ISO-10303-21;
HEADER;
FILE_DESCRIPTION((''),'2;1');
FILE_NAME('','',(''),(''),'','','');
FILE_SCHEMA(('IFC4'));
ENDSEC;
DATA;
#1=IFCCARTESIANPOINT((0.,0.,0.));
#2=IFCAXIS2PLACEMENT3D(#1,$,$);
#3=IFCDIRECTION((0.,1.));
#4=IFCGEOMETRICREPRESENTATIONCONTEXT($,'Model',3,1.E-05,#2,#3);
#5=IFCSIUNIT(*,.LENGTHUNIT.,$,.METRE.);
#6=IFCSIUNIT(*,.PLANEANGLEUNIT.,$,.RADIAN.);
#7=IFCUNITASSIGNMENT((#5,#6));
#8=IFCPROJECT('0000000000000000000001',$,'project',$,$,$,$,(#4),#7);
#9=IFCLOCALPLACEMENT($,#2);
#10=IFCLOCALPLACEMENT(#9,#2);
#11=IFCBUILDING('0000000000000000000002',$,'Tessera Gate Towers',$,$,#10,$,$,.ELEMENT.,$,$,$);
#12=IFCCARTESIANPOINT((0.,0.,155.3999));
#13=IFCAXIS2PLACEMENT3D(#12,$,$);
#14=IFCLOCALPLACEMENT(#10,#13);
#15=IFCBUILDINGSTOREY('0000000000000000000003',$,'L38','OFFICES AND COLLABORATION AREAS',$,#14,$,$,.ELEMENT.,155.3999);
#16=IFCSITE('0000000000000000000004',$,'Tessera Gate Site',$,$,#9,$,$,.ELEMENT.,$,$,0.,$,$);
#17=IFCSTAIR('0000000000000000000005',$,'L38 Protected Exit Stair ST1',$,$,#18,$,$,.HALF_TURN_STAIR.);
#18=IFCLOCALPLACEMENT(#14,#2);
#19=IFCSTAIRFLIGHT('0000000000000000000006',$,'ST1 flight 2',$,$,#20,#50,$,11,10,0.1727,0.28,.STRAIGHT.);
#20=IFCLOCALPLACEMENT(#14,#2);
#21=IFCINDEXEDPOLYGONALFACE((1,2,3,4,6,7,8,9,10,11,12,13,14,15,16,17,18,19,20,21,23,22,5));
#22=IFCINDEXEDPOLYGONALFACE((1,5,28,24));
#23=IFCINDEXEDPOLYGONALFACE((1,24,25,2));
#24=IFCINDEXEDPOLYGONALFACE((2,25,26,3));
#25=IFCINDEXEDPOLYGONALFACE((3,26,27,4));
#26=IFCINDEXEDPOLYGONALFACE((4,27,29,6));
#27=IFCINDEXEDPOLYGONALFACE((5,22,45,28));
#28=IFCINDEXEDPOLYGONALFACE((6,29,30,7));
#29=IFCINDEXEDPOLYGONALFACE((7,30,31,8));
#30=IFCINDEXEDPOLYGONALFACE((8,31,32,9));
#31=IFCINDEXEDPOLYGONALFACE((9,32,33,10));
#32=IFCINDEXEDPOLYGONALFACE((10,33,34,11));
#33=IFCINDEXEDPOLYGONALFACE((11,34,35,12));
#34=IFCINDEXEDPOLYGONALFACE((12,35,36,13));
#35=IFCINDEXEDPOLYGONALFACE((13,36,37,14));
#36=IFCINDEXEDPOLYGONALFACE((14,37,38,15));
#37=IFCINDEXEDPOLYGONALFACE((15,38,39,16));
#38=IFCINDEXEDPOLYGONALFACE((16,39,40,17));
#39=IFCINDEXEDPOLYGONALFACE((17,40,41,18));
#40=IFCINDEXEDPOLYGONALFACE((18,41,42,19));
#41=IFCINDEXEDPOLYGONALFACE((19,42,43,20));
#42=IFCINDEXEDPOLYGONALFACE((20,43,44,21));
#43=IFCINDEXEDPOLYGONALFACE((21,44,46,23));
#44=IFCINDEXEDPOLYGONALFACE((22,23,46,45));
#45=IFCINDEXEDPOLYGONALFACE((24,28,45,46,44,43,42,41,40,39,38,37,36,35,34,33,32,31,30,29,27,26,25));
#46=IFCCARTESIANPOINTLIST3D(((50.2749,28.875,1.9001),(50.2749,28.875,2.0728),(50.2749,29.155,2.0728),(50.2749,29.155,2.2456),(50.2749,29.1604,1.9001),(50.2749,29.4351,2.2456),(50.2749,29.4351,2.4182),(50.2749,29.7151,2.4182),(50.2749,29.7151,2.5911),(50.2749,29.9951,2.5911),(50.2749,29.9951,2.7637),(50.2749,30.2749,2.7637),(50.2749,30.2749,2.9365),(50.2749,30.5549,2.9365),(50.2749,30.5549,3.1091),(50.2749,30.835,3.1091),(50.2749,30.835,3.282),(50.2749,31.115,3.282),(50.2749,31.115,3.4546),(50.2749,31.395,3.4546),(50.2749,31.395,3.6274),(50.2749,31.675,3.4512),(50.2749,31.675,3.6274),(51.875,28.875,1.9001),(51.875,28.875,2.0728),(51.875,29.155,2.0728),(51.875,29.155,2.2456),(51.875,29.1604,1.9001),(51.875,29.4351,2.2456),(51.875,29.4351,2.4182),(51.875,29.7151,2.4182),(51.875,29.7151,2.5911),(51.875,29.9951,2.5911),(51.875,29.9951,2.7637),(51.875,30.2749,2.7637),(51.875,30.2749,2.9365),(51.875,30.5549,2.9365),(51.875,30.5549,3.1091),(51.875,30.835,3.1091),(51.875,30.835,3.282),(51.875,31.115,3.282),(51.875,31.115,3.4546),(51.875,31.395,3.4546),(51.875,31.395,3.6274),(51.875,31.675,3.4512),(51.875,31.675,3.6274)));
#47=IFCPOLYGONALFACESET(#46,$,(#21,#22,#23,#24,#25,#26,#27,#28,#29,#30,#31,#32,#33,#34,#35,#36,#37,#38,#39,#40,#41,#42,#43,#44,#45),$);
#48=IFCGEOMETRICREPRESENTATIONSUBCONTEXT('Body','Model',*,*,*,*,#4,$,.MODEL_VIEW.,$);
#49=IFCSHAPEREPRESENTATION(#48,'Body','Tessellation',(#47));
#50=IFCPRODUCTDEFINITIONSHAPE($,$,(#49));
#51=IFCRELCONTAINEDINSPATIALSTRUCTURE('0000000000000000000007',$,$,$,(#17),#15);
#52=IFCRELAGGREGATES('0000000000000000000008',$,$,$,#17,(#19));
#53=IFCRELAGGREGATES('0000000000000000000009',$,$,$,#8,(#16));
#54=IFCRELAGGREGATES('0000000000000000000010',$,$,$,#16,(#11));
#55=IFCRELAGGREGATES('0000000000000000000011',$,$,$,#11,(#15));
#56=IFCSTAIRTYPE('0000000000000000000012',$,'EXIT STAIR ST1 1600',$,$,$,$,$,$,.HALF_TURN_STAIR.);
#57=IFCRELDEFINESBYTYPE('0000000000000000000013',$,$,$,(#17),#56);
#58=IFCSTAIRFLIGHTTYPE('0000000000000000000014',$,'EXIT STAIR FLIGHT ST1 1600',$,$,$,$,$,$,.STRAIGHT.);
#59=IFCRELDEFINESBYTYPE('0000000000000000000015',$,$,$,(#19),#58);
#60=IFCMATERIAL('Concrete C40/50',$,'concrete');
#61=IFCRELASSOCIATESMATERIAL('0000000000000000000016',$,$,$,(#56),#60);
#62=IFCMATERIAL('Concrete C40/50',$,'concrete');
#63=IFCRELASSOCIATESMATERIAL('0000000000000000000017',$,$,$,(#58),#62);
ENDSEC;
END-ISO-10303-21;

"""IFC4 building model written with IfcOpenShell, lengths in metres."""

from ifc_helpers import new_model, si_unit, direction, frame, origin, place, context, subcontext, project, spatial, polyline, outline, extrude, material, type_object, element, aggregate, save


model = new_model("IFC4")

# Units and contexts
model_context = context("Model", 3, precision=1e-05, world=origin(), true_north=direction((0.0, 1.0)))
body_context = subcontext(model_context, "Body", "Model", "MODEL_VIEW")
ifc_project = project(units=[si_unit("LENGTHUNIT", "METRE"), si_unit("PLANEANGLEUNIT", "RADIAN")], contexts=[model_context])

# Site, building, storey
site_placement = place(None, origin())
site = spatial("IfcSite", under=ifc_project, at=site_placement, Name="Tessera Gate Site", CompositionType="ELEMENT", RefElevation=0.0)
building_placement = place(site_placement, origin())
building = spatial("IfcBuilding", under=site, at=building_placement, Name="Tessera Gate Towers", CompositionType="ELEMENT")
storey_placement = place(building_placement, frame((0.0, 0.0, 155.3999)))
storey = spatial("IfcBuildingStorey", under=building, at=storey_placement, Name="L38", Description="OFFICES AND COLLABORATION AREAS", CompositionType="ELEMENT", Elevation=155.3999)

# Stair, stair flight
ifc_material_1 = material(Name="Concrete C40/50", Category="concrete")
stair_type = type_object("IfcStairType", Name="EXIT STAIR ST1 1600", PredefinedType="HALF_TURN_STAIR", material=ifc_material_1)
stair_placement = place(storey_placement, origin())
stair = element("IfcStair", 1, at=stair_placement, inside=storey, type_object=stair_type, Name="L38 Protected Exit Stair ST1", PredefinedType="HALF_TURN_STAIR")
ifc_material_2 = material(Name="Concrete C40/50", Category="concrete")
stair_flight_type = type_object("IfcStairFlightType", Name="EXIT STAIR FLIGHT ST1 1600", PredefinedType="STRAIGHT", material=ifc_material_2)
stair_flight_placement = place(storey_placement, frame((51.075, 28.875, 1.9001), z_axis=(0.0, 0.0, 1.0), x_axis=(0.0, 1.0, 0.0)))
stair_flight = element("IfcStairFlight", 2, at=stair_flight_placement, type_object=stair_flight_type, Name="ST1 flight 2", NumberOfRisers=11, NumberOfTreads=10, PredefinedType="STRAIGHT", RiserHeight=0.1727, TreadLength=0.28, context=body_context, shape_type="SweptSolid", body=[
    extrude(outline(polyline([(0.0, 0.0), (0.0, 0.1726), (0.28, 0.1726), (0.28, 0.3455), (0.5601, 0.3455), (0.5601, 0.5181), (0.8401, 0.5181), (0.8401, 0.6909), (1.1201, 0.6909), (1.1201, 0.8635), (1.3999, 0.8635), (1.3999, 1.0364), (1.6799, 1.0364), (1.6799, 1.209), (1.96, 1.209), (1.96, 1.3818), (2.24, 1.3818), (2.24, 1.5544), (2.52, 1.5544), (2.52, 1.7273), (2.8, 1.7273), (2.8, 1.8999), (2.8, 1.551), (0.2854, 0.0), (0.0, 0.0)])), frame((0.0, 0.8, 0.0), z_axis=(0.0, -1.0, 0.0), x_axis=(1.0, 0.0, 0.0)), (0.0, 0.0, 1.0), 1.6001),
])
aggregate(stair, [stair_flight])

save(model, "model.ifc")
